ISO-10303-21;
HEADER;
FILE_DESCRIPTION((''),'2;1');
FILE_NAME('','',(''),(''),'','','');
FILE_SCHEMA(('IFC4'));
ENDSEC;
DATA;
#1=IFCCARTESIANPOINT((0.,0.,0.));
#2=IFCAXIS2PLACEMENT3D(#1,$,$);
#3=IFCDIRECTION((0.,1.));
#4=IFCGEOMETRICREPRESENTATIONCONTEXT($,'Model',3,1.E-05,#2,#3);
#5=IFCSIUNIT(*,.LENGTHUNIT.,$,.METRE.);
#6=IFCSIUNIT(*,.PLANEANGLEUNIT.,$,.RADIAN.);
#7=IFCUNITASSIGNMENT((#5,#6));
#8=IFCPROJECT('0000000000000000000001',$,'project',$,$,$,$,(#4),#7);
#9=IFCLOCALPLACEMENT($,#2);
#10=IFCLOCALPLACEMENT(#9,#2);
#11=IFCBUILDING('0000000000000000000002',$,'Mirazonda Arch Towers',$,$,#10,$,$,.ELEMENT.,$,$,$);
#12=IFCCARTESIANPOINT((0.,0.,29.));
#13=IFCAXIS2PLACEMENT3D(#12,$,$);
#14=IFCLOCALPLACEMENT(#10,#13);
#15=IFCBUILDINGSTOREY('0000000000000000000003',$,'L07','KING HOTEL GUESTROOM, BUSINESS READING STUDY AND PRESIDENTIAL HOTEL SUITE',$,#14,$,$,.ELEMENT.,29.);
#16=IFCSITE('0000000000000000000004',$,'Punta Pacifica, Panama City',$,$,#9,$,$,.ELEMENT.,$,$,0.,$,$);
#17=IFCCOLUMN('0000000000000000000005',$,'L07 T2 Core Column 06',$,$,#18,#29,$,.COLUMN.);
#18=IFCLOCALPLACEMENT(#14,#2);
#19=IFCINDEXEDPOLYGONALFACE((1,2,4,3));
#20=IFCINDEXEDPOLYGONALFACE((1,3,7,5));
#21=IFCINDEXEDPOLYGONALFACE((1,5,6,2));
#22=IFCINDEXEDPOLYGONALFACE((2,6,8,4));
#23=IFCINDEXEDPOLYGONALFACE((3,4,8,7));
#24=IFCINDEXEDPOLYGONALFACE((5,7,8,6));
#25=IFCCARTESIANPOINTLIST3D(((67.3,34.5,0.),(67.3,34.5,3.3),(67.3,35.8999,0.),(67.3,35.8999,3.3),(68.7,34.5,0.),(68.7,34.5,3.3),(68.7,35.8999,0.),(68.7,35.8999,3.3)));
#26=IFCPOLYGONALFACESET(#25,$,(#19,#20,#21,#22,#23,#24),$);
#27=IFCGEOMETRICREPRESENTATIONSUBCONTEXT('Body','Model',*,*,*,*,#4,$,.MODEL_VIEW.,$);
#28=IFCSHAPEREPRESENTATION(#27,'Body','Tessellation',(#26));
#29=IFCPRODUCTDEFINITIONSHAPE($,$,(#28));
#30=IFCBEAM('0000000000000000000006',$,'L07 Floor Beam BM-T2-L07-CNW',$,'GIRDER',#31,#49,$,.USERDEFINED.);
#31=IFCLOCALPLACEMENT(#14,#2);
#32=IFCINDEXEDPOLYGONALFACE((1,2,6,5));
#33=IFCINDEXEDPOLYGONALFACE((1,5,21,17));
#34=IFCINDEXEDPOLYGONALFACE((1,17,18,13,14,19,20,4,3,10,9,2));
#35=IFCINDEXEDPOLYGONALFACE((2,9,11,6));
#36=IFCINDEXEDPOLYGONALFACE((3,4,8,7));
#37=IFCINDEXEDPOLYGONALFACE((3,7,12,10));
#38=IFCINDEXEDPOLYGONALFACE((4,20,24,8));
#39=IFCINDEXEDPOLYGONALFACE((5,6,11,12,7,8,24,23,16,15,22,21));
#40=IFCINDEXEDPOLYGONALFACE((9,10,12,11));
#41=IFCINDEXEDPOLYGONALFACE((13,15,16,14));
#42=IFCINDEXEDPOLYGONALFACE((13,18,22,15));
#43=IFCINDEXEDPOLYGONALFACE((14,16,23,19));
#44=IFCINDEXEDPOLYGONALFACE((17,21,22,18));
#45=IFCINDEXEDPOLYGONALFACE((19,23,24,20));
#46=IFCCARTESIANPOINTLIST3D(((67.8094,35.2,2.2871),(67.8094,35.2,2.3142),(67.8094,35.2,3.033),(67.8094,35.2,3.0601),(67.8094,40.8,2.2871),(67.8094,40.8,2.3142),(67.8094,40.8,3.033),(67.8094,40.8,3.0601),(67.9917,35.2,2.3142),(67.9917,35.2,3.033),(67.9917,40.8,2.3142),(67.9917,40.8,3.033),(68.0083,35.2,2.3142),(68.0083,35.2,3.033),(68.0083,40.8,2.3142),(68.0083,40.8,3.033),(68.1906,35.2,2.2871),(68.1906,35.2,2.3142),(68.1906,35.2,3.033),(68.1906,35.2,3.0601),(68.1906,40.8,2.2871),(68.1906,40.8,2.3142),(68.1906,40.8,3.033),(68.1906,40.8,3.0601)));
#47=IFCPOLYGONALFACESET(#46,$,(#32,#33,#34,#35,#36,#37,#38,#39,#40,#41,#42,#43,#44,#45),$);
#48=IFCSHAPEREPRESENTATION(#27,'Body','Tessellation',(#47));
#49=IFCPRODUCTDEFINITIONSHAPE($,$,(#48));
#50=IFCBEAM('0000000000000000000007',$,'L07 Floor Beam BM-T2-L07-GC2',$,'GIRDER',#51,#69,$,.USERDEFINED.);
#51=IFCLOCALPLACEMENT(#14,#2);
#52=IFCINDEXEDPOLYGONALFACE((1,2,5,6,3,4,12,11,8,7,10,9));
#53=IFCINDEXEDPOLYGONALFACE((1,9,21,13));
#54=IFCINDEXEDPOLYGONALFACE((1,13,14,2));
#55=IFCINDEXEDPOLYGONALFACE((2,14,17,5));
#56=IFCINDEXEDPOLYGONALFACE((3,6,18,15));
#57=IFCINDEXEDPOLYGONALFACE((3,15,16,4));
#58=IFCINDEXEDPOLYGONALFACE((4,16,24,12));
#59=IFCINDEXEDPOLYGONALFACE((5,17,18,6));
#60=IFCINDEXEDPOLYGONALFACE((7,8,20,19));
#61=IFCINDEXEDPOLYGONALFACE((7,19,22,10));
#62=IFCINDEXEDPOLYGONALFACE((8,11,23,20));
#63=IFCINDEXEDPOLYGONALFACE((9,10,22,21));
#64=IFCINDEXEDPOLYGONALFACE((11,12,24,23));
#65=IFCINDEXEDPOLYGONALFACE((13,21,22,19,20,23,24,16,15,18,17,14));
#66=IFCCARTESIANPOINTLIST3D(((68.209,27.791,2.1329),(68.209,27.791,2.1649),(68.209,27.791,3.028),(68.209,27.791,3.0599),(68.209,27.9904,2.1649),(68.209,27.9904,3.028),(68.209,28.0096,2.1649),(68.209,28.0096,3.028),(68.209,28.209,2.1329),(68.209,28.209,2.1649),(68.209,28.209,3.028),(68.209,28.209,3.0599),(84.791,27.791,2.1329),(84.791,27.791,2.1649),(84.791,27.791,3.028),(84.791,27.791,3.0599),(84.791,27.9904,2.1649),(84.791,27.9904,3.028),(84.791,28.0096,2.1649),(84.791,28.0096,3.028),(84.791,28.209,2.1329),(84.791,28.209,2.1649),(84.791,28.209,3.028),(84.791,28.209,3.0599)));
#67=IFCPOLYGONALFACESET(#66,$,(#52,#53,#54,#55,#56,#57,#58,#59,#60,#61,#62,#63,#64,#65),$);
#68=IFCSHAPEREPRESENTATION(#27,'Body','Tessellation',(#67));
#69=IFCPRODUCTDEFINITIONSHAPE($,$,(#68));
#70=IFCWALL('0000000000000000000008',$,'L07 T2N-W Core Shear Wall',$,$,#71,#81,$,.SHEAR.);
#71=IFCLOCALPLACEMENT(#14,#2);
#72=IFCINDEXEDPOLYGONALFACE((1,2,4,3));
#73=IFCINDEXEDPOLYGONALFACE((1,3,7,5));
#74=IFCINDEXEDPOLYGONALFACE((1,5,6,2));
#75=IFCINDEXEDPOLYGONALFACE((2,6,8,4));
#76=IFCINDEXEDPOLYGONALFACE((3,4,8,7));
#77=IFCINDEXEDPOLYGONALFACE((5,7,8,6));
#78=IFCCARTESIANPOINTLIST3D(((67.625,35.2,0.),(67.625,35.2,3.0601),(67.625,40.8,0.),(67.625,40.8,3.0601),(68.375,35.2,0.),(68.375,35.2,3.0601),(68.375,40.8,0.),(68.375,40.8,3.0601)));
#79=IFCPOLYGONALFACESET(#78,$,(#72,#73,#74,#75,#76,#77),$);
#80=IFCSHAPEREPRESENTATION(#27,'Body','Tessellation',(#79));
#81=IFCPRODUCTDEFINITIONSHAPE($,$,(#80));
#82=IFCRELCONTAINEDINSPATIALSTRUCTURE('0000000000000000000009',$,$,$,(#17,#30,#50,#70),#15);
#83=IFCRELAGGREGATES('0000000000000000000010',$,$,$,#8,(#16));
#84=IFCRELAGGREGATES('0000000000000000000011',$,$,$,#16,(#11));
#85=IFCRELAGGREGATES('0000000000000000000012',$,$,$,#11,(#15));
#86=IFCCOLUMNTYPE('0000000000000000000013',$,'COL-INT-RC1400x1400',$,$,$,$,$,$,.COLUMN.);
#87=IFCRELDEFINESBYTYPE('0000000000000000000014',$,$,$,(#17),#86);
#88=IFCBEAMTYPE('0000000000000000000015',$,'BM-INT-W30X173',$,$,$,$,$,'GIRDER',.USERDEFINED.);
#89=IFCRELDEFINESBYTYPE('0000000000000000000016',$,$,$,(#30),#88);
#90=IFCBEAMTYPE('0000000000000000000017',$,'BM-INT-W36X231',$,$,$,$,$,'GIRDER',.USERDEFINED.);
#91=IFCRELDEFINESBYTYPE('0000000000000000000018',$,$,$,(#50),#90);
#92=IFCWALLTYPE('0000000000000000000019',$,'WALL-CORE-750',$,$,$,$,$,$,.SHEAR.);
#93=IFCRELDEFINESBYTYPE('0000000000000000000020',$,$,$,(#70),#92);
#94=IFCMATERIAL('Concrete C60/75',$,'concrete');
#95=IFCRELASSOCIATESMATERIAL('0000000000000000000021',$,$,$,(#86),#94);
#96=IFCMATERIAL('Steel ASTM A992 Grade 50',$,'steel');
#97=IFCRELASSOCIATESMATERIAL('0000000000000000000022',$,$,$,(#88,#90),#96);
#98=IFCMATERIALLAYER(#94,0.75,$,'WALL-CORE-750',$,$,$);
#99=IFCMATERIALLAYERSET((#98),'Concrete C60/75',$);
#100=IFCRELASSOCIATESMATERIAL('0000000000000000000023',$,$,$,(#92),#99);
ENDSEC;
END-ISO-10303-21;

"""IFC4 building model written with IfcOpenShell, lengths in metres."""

from ifc_helpers import new_model, si_unit, direction, frame, frame_2d, origin, origin_2d, place, context, subcontext, project, spatial, rectangle, i_section, extrude, material, layer, layer_set, material_profile, profile_set, type_object, element, save


model = new_model("IFC4")

# Units and contexts
model_context = context("Model", 3, precision=1e-05, world=origin(), true_north=direction((0.0, 1.0)))
body_context = subcontext(model_context, "Body", "Model", "MODEL_VIEW")
ifc_project = project(units=[si_unit("LENGTHUNIT", "METRE"), si_unit("PLANEANGLEUNIT", "RADIAN")], contexts=[model_context])

# Site, building, storey
site_placement = place(None, origin())
site = spatial("IfcSite", under=ifc_project, at=site_placement, Name="Punta Pacifica, Panama City", CompositionType="ELEMENT", RefElevation=0.0)
building_placement = place(site_placement, origin())
building = spatial("IfcBuilding", under=site, at=building_placement, Name="Mirazonda Arch Towers", CompositionType="ELEMENT")
storey_placement = place(building_placement, frame((0.0, 0.0, 29.0)))
storey = spatial("IfcBuildingStorey", under=building, at=storey_placement, Name="L07", Description="KING HOTEL GUESTROOM, BUSINESS READING STUDY AND PRESIDENTIAL HOTEL SUITE", CompositionType="ELEMENT", Elevation=29.0)

# Column
ifc_material_1 = material(Name="Concrete C60/75", Category="concrete")
ifc_material_profile_1 = material_profile(ifc_material_1, rectangle(XDim=1.3999, YDim=1.3999, at=origin_2d()), Name="RC1400x1400")
ifc_profile_set_1 = profile_set([ifc_material_profile_1], Name="Concrete C60/75")
column_type = type_object("IfcColumnType", Name="COL-INT-RC1400x1400", PredefinedType="COLUMN", material=ifc_profile_set_1)
column_placement = place(storey_placement, frame((68.0, 35.2, 0.0), z_axis=(0.0, 0.0, 1.0), x_axis=(1.0, 0.0, 0.0)))
element("IfcColumn", 1, at=column_placement, inside=storey, type_object=column_type, Name="L07 T2 Core Column 06", PredefinedType="COLUMN", context=body_context, shape_type="SweptSolid", body=[
    extrude(rectangle(XDim=1.3999, YDim=1.3999, at=origin_2d()), origin(), (0.0, 0.0, 1.0), 3.3),
])

# Beams
ifc_material_2 = material(Name="Steel ASTM A992 Grade 50", Category="steel")
ifc_material_profile_2 = material_profile(ifc_material_2, i_section(OverallWidth=0.3811, OverallDepth=0.7729, WebThickness=0.0166, FlangeThickness=0.0271, at=origin_2d()), Name="W30X173")
ifc_profile_set_2 = profile_set([ifc_material_profile_2], Name="Steel ASTM A992 Grade 50")
beam_type_1 = type_object("IfcBeamType", Name="BM-INT-W30X173", ElementType="GIRDER", PredefinedType="USERDEFINED", material=ifc_profile_set_2)
beam_1_placement = place(storey_placement, frame((68.0, 35.2, 2.6736), z_axis=(0.0, 1.0, 0.0), x_axis=(-1.0, 0.0, 0.0)))
element("IfcBeam", 2, at=beam_1_placement, inside=storey, type_object=beam_type_1, Name="L07 Floor Beam BM-T2-L07-CNW", ObjectType="GIRDER", PredefinedType="USERDEFINED", context=body_context, shape_type="SweptSolid", body=[
    extrude(i_section(OverallWidth=0.3811, OverallDepth=0.7729, WebThickness=0.0166, FlangeThickness=0.0271, at=origin_2d()), origin(), (0.0, 0.0, 1.0), 5.6001),
])
ifc_material_profile_3 = material_profile(ifc_material_2, i_section(OverallWidth=0.418, OverallDepth=0.927, WebThickness=0.0193, FlangeThickness=0.032, at=origin_2d()), Name="W36X231")
ifc_profile_set_3 = profile_set([ifc_material_profile_3], Name="Steel ASTM A992 Grade 50")
beam_type_2 = type_object("IfcBeamType", Name="BM-INT-W36X231", ElementType="GIRDER", PredefinedType="USERDEFINED", material=ifc_profile_set_3)
beam_2_placement = place(storey_placement, frame((68.209, 28.0, 2.5964), z_axis=(1.0, 0.0, 0.0), x_axis=(0.0, 1.0, 0.0)))
element("IfcBeam", 3, at=beam_2_placement, inside=storey, type_object=beam_type_2, Name="L07 Floor Beam BM-T2-L07-GC2", ObjectType="GIRDER", PredefinedType="USERDEFINED", context=body_context, shape_type="SweptSolid", body=[
    extrude(i_section(OverallWidth=0.418, OverallDepth=0.927, WebThickness=0.0193, FlangeThickness=0.032, at=origin_2d()), origin(), (0.0, 0.0, 1.0), 16.582),
])

# Wall
ifc_layer_1 = layer(ifc_material_1, 0.75, Name="WALL-CORE-750")
ifc_layer_set_1 = layer_set([ifc_layer_1], Name="Concrete C60/75")
wall_type_1 = type_object("IfcWallType", Name="WALL-CORE-750", PredefinedType="SHEAR", material=ifc_layer_set_1)
wall_1_placement = place(storey_placement, frame((68.0, 35.2, 0.0), z_axis=(0.0, 0.0, 1.0), x_axis=(0.0, 1.0, 0.0)))
element("IfcWall", 4, at=wall_1_placement, inside=storey, type_object=wall_type_1, Name="L07 T2N-W Core Shear Wall", PredefinedType="SHEAR", context=body_context, shape_type="SweptSolid", body=[
    extrude(rectangle(XDim=5.6001, YDim=0.75, at=frame_2d((2.8, 0.0))), origin(), (0.0, 0.0, 1.0), 3.0601),
])

save(model, "model.ifc")
